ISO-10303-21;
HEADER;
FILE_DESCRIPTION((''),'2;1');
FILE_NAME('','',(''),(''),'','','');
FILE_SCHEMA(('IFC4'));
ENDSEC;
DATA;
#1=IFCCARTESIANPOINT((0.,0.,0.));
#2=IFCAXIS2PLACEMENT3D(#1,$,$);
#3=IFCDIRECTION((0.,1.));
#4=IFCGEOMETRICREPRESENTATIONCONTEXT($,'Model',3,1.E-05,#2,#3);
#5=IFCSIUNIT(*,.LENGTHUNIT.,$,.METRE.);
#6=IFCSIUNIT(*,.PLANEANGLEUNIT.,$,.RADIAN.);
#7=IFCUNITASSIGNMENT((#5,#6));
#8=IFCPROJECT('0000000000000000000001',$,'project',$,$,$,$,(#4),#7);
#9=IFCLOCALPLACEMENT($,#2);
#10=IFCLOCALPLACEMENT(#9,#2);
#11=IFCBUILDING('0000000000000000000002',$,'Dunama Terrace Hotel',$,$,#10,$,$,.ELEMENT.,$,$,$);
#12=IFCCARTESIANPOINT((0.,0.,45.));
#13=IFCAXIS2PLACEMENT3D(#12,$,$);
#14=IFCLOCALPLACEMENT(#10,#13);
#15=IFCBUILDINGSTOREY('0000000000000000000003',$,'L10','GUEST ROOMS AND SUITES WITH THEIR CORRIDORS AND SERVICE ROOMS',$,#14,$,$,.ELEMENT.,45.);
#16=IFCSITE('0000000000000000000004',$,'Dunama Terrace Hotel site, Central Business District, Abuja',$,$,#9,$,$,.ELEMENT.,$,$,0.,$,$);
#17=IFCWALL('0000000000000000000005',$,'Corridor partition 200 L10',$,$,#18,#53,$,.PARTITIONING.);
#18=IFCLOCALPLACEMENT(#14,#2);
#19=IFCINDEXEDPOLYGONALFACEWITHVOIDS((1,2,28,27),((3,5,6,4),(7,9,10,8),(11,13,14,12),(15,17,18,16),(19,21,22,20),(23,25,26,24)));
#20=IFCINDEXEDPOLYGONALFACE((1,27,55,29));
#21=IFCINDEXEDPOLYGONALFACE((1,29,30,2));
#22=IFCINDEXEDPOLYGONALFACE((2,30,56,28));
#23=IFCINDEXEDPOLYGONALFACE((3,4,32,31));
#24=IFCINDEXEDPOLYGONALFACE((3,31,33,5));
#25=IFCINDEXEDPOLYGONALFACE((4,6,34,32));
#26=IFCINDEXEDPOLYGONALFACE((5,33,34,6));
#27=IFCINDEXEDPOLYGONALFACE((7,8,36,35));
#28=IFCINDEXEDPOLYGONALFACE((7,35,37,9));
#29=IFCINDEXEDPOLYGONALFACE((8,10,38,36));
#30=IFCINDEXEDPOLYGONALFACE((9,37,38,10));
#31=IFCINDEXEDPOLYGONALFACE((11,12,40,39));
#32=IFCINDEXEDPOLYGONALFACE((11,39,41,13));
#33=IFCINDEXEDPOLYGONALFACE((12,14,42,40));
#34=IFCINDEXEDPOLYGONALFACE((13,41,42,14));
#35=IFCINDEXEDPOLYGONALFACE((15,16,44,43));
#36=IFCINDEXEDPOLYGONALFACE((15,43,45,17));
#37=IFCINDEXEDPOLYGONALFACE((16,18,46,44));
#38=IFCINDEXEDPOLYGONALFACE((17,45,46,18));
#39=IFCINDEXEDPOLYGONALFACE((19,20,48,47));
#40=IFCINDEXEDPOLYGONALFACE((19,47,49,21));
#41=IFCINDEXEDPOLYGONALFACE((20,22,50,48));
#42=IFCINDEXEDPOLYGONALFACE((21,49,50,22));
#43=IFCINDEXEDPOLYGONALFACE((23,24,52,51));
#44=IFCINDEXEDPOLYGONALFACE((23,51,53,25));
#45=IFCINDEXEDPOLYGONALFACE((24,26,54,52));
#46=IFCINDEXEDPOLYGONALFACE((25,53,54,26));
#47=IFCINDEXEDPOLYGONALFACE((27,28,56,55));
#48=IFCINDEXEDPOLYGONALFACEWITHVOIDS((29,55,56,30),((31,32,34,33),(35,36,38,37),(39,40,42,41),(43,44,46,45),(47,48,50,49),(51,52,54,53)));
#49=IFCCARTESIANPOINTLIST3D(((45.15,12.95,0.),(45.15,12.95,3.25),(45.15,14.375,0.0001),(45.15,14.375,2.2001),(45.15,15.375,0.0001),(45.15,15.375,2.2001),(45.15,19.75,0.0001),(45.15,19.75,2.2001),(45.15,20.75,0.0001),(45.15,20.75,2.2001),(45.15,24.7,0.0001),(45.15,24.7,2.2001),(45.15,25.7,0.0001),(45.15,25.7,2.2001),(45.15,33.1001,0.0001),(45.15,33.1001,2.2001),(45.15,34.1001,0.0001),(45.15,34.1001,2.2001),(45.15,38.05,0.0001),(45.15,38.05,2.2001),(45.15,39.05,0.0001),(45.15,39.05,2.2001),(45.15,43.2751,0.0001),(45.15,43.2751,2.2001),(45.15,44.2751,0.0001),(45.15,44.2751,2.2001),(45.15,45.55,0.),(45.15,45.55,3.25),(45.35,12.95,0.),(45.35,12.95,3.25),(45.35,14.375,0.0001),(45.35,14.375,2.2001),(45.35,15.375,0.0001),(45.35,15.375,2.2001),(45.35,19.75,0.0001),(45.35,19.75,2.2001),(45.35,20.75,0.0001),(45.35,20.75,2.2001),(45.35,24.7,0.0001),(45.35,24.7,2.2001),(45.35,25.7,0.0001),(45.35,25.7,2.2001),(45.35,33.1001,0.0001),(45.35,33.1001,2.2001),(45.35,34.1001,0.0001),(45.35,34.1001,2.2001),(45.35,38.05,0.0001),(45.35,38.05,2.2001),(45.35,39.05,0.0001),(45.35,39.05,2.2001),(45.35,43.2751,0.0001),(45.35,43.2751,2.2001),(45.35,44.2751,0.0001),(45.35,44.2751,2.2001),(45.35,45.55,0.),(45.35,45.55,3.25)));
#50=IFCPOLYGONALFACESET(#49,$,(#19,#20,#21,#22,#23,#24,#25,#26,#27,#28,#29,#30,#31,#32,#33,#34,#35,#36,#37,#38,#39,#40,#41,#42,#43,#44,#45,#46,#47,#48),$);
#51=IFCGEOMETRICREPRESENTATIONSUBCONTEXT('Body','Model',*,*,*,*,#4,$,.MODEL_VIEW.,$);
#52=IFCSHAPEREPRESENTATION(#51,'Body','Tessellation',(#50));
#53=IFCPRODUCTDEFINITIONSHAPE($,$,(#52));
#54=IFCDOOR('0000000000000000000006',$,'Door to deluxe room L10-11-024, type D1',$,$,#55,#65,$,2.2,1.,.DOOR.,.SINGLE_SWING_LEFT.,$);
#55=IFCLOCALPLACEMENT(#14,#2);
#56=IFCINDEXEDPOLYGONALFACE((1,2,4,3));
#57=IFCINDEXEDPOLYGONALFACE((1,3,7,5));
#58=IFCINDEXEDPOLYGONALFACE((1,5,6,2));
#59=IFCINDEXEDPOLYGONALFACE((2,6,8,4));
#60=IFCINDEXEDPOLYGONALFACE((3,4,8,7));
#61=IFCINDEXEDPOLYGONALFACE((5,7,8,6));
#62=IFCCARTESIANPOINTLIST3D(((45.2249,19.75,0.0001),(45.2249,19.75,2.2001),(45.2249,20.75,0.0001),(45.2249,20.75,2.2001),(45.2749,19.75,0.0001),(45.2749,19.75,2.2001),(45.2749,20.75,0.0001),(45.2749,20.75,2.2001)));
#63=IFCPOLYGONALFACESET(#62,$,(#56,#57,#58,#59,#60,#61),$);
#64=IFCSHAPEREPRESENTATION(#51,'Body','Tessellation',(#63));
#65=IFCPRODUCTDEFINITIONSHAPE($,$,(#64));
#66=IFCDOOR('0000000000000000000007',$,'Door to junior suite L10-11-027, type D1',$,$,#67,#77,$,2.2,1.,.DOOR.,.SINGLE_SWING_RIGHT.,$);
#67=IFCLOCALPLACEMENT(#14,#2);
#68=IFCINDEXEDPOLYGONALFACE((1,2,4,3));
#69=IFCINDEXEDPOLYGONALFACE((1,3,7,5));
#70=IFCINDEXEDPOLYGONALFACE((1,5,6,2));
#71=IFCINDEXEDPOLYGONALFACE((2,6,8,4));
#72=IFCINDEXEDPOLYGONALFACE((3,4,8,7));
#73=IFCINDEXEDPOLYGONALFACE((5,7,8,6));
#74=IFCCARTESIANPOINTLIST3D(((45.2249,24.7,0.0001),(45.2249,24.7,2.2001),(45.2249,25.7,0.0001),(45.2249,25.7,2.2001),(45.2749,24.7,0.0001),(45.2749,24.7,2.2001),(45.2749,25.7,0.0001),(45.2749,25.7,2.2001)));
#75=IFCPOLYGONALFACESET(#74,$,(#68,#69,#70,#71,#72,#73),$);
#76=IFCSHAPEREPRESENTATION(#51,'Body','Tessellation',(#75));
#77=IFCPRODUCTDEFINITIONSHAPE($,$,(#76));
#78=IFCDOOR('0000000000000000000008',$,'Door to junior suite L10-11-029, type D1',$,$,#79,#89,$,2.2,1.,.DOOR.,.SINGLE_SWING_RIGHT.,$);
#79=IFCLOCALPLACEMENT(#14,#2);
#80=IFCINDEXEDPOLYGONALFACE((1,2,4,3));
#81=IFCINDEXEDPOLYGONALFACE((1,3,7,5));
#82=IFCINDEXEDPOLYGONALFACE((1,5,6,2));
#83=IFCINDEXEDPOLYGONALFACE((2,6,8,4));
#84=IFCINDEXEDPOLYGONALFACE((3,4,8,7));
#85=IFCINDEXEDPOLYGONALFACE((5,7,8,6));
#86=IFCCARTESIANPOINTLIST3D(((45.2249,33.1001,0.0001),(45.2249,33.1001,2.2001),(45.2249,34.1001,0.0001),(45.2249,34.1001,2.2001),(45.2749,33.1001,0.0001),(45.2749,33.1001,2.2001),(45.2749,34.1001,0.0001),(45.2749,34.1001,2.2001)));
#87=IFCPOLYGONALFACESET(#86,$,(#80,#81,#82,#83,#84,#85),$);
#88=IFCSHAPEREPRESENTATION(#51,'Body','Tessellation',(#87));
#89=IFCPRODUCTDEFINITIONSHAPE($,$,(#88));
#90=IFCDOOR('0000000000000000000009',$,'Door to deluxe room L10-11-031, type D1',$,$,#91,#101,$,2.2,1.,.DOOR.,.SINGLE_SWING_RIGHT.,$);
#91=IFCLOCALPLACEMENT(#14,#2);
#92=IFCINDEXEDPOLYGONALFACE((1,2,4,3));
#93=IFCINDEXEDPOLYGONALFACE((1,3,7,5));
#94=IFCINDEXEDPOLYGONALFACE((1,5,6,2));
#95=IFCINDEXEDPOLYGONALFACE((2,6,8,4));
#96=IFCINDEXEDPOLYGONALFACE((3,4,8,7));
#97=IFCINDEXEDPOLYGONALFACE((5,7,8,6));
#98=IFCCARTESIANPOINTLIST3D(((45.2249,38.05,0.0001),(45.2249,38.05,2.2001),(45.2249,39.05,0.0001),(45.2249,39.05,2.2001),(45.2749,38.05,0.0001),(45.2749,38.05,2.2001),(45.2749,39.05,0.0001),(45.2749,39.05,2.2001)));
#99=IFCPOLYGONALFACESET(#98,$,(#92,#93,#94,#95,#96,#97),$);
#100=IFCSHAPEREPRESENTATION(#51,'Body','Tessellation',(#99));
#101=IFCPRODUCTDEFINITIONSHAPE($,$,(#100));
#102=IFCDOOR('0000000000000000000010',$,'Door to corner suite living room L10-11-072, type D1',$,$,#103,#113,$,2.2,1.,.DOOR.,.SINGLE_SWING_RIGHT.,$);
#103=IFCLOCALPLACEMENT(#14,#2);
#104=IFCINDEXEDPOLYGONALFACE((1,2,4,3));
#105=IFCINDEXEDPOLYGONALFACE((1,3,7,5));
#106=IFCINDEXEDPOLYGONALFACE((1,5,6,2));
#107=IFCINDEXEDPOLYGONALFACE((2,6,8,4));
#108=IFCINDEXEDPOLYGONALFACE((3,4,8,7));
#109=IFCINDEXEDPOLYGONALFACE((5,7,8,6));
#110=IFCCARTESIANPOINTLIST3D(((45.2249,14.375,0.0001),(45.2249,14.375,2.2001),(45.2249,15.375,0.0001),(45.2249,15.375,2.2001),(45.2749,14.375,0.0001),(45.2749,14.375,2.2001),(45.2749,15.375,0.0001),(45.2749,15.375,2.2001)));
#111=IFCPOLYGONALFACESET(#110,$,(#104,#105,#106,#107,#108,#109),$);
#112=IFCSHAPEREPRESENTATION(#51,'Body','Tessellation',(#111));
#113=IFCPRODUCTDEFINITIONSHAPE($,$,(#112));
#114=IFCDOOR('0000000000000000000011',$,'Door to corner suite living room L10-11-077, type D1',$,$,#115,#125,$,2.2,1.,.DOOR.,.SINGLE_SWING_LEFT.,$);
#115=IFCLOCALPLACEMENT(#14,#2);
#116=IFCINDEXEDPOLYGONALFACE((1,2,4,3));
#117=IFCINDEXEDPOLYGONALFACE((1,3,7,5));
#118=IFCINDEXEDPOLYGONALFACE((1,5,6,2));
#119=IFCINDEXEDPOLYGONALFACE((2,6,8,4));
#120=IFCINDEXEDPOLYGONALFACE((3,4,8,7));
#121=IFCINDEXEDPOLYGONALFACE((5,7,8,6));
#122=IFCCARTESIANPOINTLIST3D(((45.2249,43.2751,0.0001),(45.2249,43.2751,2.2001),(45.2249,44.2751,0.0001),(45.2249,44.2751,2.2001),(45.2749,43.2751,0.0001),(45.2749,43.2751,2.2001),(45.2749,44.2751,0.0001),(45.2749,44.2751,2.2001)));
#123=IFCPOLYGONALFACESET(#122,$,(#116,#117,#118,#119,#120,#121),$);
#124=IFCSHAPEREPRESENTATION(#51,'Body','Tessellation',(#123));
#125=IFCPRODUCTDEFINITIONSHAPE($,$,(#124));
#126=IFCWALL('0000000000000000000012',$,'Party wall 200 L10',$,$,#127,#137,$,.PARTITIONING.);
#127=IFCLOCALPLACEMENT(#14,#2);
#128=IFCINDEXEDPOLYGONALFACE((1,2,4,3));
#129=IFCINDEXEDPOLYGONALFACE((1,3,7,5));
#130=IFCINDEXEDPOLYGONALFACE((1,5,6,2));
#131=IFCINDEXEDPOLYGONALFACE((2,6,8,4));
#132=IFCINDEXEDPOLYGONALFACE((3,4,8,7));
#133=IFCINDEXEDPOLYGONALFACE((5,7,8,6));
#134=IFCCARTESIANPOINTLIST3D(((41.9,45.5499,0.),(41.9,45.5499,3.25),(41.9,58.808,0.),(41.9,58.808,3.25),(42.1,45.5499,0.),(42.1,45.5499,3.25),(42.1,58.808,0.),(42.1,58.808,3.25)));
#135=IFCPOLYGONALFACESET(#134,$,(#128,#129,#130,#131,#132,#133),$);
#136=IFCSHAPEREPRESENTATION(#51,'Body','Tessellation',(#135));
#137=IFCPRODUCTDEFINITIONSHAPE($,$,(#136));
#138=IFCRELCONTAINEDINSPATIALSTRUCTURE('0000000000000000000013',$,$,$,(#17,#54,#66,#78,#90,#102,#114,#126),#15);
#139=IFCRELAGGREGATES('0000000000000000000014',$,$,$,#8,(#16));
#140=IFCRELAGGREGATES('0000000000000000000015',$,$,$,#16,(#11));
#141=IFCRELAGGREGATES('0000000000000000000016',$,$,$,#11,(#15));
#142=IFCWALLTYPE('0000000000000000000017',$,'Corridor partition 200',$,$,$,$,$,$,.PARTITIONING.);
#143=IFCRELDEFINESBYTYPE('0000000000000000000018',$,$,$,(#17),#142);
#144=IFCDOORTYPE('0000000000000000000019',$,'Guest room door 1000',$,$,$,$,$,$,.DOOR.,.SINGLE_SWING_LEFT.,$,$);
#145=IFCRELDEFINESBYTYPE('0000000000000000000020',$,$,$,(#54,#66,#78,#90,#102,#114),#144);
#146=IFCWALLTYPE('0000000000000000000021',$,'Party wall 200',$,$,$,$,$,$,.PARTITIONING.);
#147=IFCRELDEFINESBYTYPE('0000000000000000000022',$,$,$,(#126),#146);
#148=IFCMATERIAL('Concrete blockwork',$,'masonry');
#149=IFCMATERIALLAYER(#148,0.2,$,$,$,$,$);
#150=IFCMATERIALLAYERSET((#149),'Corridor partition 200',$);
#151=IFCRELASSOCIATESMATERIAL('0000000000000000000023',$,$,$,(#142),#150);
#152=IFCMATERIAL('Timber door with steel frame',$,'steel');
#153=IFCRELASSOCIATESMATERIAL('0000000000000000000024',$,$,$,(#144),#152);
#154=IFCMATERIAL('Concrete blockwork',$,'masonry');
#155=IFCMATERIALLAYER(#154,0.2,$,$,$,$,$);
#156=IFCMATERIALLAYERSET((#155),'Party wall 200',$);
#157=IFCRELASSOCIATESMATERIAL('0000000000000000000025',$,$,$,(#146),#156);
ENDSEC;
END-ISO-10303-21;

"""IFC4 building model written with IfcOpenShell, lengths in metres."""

from ifc_helpers import new_model, si_unit, direction, frame, frame_2d, origin, place, context, subcontext, project, spatial, rectangle, extrude, material, layer, layer_set, type_object, element, fill, save


model = new_model("IFC4")

# Units and contexts
model_context = context("Model", 3, precision=1e-05, world=origin(), true_north=direction((0.0, 1.0)))
body_context = subcontext(model_context, "Body", "Model", "MODEL_VIEW")
ifc_project = project(units=[si_unit("LENGTHUNIT", "METRE"), si_unit("PLANEANGLEUNIT", "RADIAN")], contexts=[model_context])

# Site, building, storey
site_placement = place(None, origin())
site = spatial("IfcSite", under=ifc_project, at=site_placement, Name="Dunama Terrace Hotel site, Central Business District, Abuja", CompositionType="ELEMENT", RefElevation=0.0)
building_placement = place(site_placement, origin())
building = spatial("IfcBuilding", under=site, at=building_placement, Name="Dunama Terrace Hotel", CompositionType="ELEMENT")
storey_placement = place(building_placement, frame((0.0, 0.0, 45.0)))
storey = spatial("IfcBuildingStorey", under=building, at=storey_placement, Name="L10", Description="GUEST ROOMS AND SUITES WITH THEIR CORRIDORS AND SERVICE ROOMS", CompositionType="ELEMENT", Elevation=45.0)

# Wall, openings, doors
ifc_material_1 = material(Name="Concrete blockwork", Category="masonry")
ifc_layer_1 = layer(ifc_material_1, 0.2)
ifc_layer_set_1 = layer_set([ifc_layer_1], Name="Corridor partition 200")
wall_type_1 = type_object("IfcWallType", Name="Corridor partition 200", PredefinedType="PARTITIONING", material=ifc_layer_set_1)
wall_1_placement = place(storey_placement, frame((45.25, 45.55, 0.0), z_axis=(0.0, 0.0, 1.0), x_axis=(0.0, -1.0, 0.0)))
wall_1 = element("IfcWall", 1, at=wall_1_placement, inside=storey, type_object=wall_type_1, Name="Corridor partition 200 L10", PredefinedType="PARTITIONING", context=body_context, shape_type="SweptSolid", body=[
    extrude(rectangle(XDim=32.6001, YDim=0.2, at=frame_2d((16.3, 0.0))), origin(), (0.0, 0.0, 1.0), 3.25),
])
opening_1_placement = place(wall_1_placement, frame((24.8, 0.0, 0.0)))
opening_1 = element("IfcOpeningElement", 2, at=opening_1_placement, cuts=wall_1, PredefinedType="OPENING", context=body_context, shape_type="SweptSolid", body=[
    extrude(rectangle(XDim=1.0, YDim=2.2, at=frame_2d((0.5, 1.1001))), frame((0.0, 0.1099, 0.0), z_axis=(0.0, -1.0, 0.0), x_axis=(1.0, 0.0, 0.0)), (0.0, 0.0, 1.0), 0.22),
])
opening_2_placement = place(wall_1_placement, frame((19.8501, 0.0, 0.0)))
opening_2 = element("IfcOpeningElement", 3, at=opening_2_placement, cuts=wall_1, PredefinedType="OPENING", context=body_context, shape_type="SweptSolid", body=[
    extrude(rectangle(XDim=1.0, YDim=2.2, at=frame_2d((0.5, 1.1001))), frame((0.0, 0.1099, 0.0), z_axis=(0.0, -1.0, 0.0), x_axis=(1.0, 0.0, 0.0)), (0.0, 0.0, 1.0), 0.22),
])
opening_3_placement = place(wall_1_placement, frame((11.45, 0.0, 0.0)))
opening_3 = element("IfcOpeningElement", 4, at=opening_3_placement, cuts=wall_1, PredefinedType="OPENING", context=body_context, shape_type="SweptSolid", body=[
    extrude(rectangle(XDim=1.0, YDim=2.2, at=frame_2d((0.5, 1.1001))), frame((0.0, 0.1099, 0.0), z_axis=(0.0, -1.0, 0.0), x_axis=(1.0, 0.0, 0.0)), (0.0, 0.0, 1.0), 0.22),
])
opening_4_placement = place(wall_1_placement, frame((6.5, 0.0, 0.0)))
opening_4 = element("IfcOpeningElement", 5, at=opening_4_placement, cuts=wall_1, PredefinedType="OPENING", context=body_context, shape_type="SweptSolid", body=[
    extrude(rectangle(XDim=1.0, YDim=2.2, at=frame_2d((0.5, 1.1001))), frame((0.0, 0.1099, 0.0), z_axis=(0.0, -1.0, 0.0), x_axis=(1.0, 0.0, 0.0)), (0.0, 0.0, 1.0), 0.22),
])
opening_5_placement = place(wall_1_placement, frame((30.175, 0.0, 0.0)))
opening_5 = element("IfcOpeningElement", 6, at=opening_5_placement, cuts=wall_1, PredefinedType="OPENING", context=body_context, shape_type="SweptSolid", body=[
    extrude(rectangle(XDim=1.0, YDim=2.2, at=frame_2d((0.5, 1.1001))), frame((0.0, 0.1099, 0.0), z_axis=(0.0, -1.0, 0.0), x_axis=(1.0, 0.0, 0.0)), (0.0, 0.0, 1.0), 0.22),
])
opening_6_placement = place(wall_1_placement, frame((1.2749, 0.0, 0.0)))
opening_6 = element("IfcOpeningElement", 7, at=opening_6_placement, cuts=wall_1, PredefinedType="OPENING", context=body_context, shape_type="SweptSolid", body=[
    extrude(rectangle(XDim=1.0, YDim=2.2, at=frame_2d((0.5, 1.1001))), frame((0.0, 0.1099, 0.0), z_axis=(0.0, -1.0, 0.0), x_axis=(1.0, 0.0, 0.0)), (0.0, 0.0, 1.0), 0.22),
])
ifc_material_2 = material(Name="Timber door with steel frame", Category="steel")
door_type_1 = type_object("IfcDoorType", Name="Guest room door 1000", OperationType="SINGLE_SWING_LEFT", PredefinedType="DOOR", material=ifc_material_2)
door_1_placement = place(opening_1_placement, origin())
door_1 = element("IfcDoor", 8, at=door_1_placement, inside=storey, type_object=door_type_1, Name="Door to deluxe room L10-11-024, type D1", OperationType="SINGLE_SWING_LEFT", OverallHeight=2.2, OverallWidth=1.0, PredefinedType="DOOR", context=body_context, shape_type="SweptSolid", body=[
    extrude(rectangle(XDim=1.0, YDim=2.2, at=frame_2d((0.5, 1.1001))), frame((0.0, 0.0249, 0.0), z_axis=(0.0, -1.0, 0.0), x_axis=(1.0, 0.0, 0.0)), (0.0, 0.0, 1.0), 0.05),
])
fill(opening_1, door_1)
door_2_placement = place(opening_2_placement, origin())
door_2 = element("IfcDoor", 9, at=door_2_placement, inside=storey, type_object=door_type_1, Name="Door to junior suite L10-11-027, type D1", OperationType="SINGLE_SWING_RIGHT", OverallHeight=2.2, OverallWidth=1.0, PredefinedType="DOOR", context=body_context, shape_type="SweptSolid", body=[
    extrude(rectangle(XDim=1.0, YDim=2.2, at=frame_2d((0.5, 1.1001))), frame((0.0, 0.0249, 0.0), z_axis=(0.0, -1.0, 0.0), x_axis=(1.0, 0.0, 0.0)), (0.0, 0.0, 1.0), 0.05),
])
fill(opening_2, door_2)
door_3_placement = place(opening_3_placement, origin())
door_3 = element("IfcDoor", 10, at=door_3_placement, inside=storey, type_object=door_type_1, Name="Door to junior suite L10-11-029, type D1", OperationType="SINGLE_SWING_RIGHT", OverallHeight=2.2, OverallWidth=1.0, PredefinedType="DOOR", context=body_context, shape_type="SweptSolid", body=[
    extrude(rectangle(XDim=1.0, YDim=2.2, at=frame_2d((0.5, 1.1001))), frame((0.0, 0.0249, 0.0), z_axis=(0.0, -1.0, 0.0), x_axis=(1.0, 0.0, 0.0)), (0.0, 0.0, 1.0), 0.05),
])
fill(opening_3, door_3)
door_4_placement = place(opening_4_placement, origin())
door_4 = element("IfcDoor", 11, at=door_4_placement, inside=storey, type_object=door_type_1, Name="Door to deluxe room L10-11-031, type D1", OperationType="SINGLE_SWING_RIGHT", OverallHeight=2.2, OverallWidth=1.0, PredefinedType="DOOR", context=body_context, shape_type="SweptSolid", body=[
    extrude(rectangle(XDim=1.0, YDim=2.2, at=frame_2d((0.5, 1.1001))), frame((0.0, 0.0249, 0.0), z_axis=(0.0, -1.0, 0.0), x_axis=(1.0, 0.0, 0.0)), (0.0, 0.0, 1.0), 0.05),
])
fill(opening_4, door_4)
door_5_placement = place(opening_5_placement, origin())
door_5 = element("IfcDoor", 12, at=door_5_placement, inside=storey, type_object=door_type_1, Name="Door to corner suite living room L10-11-072, type D1", OperationType="SINGLE_SWING_RIGHT", OverallHeight=2.2, OverallWidth=1.0, PredefinedType="DOOR", context=body_context, shape_type="SweptSolid", body=[
    extrude(rectangle(XDim=1.0, YDim=2.2, at=frame_2d((0.5, 1.1001))), frame((0.0, 0.0249, 0.0), z_axis=(0.0, -1.0, 0.0), x_axis=(1.0, 0.0, 0.0)), (0.0, 0.0, 1.0), 0.05),
])
fill(opening_5, door_5)
door_6_placement = place(opening_6_placement, origin())
door_6 = element("IfcDoor", 13, at=door_6_placement, inside=storey, type_object=door_type_1, Name="Door to corner suite living room L10-11-077, type D1", OperationType="SINGLE_SWING_LEFT", OverallHeight=2.2, OverallWidth=1.0, PredefinedType="DOOR", context=body_context, shape_type="SweptSolid", body=[
    extrude(rectangle(XDim=1.0, YDim=2.2, at=frame_2d((0.5, 1.1001))), frame((0.0, 0.0249, 0.0), z_axis=(0.0, -1.0, 0.0), x_axis=(1.0, 0.0, 0.0)), (0.0, 0.0, 1.0), 0.05),
])
fill(opening_6, door_6)

# Wall
ifc_material_3 = material(Name="Concrete blockwork", Category="masonry")
ifc_layer_2 = layer(ifc_material_3, 0.2)
ifc_layer_set_2 = layer_set([ifc_layer_2], Name="Party wall 200")
wall_type_2 = type_object("IfcWallType", Name="Party wall 200", PredefinedType="PARTITIONING", material=ifc_layer_set_2)
wall_2_placement = place(storey_placement, frame((42.0, 45.55, 0.0), z_axis=(0.0, 0.0, 1.0), x_axis=(0.0, 1.0, 0.0)))
element("IfcWall", 14, at=wall_2_placement, inside=storey, type_object=wall_type_2, Name="Party wall 200 L10", PredefinedType="PARTITIONING", context=body_context, shape_type="SweptSolid", body=[
    extrude(rectangle(XDim=13.2581, YDim=0.2, at=frame_2d((6.6289, 0.0))), origin(), (0.0, 0.0, 1.0), 3.25),
])

save(model, "model.ifc")
